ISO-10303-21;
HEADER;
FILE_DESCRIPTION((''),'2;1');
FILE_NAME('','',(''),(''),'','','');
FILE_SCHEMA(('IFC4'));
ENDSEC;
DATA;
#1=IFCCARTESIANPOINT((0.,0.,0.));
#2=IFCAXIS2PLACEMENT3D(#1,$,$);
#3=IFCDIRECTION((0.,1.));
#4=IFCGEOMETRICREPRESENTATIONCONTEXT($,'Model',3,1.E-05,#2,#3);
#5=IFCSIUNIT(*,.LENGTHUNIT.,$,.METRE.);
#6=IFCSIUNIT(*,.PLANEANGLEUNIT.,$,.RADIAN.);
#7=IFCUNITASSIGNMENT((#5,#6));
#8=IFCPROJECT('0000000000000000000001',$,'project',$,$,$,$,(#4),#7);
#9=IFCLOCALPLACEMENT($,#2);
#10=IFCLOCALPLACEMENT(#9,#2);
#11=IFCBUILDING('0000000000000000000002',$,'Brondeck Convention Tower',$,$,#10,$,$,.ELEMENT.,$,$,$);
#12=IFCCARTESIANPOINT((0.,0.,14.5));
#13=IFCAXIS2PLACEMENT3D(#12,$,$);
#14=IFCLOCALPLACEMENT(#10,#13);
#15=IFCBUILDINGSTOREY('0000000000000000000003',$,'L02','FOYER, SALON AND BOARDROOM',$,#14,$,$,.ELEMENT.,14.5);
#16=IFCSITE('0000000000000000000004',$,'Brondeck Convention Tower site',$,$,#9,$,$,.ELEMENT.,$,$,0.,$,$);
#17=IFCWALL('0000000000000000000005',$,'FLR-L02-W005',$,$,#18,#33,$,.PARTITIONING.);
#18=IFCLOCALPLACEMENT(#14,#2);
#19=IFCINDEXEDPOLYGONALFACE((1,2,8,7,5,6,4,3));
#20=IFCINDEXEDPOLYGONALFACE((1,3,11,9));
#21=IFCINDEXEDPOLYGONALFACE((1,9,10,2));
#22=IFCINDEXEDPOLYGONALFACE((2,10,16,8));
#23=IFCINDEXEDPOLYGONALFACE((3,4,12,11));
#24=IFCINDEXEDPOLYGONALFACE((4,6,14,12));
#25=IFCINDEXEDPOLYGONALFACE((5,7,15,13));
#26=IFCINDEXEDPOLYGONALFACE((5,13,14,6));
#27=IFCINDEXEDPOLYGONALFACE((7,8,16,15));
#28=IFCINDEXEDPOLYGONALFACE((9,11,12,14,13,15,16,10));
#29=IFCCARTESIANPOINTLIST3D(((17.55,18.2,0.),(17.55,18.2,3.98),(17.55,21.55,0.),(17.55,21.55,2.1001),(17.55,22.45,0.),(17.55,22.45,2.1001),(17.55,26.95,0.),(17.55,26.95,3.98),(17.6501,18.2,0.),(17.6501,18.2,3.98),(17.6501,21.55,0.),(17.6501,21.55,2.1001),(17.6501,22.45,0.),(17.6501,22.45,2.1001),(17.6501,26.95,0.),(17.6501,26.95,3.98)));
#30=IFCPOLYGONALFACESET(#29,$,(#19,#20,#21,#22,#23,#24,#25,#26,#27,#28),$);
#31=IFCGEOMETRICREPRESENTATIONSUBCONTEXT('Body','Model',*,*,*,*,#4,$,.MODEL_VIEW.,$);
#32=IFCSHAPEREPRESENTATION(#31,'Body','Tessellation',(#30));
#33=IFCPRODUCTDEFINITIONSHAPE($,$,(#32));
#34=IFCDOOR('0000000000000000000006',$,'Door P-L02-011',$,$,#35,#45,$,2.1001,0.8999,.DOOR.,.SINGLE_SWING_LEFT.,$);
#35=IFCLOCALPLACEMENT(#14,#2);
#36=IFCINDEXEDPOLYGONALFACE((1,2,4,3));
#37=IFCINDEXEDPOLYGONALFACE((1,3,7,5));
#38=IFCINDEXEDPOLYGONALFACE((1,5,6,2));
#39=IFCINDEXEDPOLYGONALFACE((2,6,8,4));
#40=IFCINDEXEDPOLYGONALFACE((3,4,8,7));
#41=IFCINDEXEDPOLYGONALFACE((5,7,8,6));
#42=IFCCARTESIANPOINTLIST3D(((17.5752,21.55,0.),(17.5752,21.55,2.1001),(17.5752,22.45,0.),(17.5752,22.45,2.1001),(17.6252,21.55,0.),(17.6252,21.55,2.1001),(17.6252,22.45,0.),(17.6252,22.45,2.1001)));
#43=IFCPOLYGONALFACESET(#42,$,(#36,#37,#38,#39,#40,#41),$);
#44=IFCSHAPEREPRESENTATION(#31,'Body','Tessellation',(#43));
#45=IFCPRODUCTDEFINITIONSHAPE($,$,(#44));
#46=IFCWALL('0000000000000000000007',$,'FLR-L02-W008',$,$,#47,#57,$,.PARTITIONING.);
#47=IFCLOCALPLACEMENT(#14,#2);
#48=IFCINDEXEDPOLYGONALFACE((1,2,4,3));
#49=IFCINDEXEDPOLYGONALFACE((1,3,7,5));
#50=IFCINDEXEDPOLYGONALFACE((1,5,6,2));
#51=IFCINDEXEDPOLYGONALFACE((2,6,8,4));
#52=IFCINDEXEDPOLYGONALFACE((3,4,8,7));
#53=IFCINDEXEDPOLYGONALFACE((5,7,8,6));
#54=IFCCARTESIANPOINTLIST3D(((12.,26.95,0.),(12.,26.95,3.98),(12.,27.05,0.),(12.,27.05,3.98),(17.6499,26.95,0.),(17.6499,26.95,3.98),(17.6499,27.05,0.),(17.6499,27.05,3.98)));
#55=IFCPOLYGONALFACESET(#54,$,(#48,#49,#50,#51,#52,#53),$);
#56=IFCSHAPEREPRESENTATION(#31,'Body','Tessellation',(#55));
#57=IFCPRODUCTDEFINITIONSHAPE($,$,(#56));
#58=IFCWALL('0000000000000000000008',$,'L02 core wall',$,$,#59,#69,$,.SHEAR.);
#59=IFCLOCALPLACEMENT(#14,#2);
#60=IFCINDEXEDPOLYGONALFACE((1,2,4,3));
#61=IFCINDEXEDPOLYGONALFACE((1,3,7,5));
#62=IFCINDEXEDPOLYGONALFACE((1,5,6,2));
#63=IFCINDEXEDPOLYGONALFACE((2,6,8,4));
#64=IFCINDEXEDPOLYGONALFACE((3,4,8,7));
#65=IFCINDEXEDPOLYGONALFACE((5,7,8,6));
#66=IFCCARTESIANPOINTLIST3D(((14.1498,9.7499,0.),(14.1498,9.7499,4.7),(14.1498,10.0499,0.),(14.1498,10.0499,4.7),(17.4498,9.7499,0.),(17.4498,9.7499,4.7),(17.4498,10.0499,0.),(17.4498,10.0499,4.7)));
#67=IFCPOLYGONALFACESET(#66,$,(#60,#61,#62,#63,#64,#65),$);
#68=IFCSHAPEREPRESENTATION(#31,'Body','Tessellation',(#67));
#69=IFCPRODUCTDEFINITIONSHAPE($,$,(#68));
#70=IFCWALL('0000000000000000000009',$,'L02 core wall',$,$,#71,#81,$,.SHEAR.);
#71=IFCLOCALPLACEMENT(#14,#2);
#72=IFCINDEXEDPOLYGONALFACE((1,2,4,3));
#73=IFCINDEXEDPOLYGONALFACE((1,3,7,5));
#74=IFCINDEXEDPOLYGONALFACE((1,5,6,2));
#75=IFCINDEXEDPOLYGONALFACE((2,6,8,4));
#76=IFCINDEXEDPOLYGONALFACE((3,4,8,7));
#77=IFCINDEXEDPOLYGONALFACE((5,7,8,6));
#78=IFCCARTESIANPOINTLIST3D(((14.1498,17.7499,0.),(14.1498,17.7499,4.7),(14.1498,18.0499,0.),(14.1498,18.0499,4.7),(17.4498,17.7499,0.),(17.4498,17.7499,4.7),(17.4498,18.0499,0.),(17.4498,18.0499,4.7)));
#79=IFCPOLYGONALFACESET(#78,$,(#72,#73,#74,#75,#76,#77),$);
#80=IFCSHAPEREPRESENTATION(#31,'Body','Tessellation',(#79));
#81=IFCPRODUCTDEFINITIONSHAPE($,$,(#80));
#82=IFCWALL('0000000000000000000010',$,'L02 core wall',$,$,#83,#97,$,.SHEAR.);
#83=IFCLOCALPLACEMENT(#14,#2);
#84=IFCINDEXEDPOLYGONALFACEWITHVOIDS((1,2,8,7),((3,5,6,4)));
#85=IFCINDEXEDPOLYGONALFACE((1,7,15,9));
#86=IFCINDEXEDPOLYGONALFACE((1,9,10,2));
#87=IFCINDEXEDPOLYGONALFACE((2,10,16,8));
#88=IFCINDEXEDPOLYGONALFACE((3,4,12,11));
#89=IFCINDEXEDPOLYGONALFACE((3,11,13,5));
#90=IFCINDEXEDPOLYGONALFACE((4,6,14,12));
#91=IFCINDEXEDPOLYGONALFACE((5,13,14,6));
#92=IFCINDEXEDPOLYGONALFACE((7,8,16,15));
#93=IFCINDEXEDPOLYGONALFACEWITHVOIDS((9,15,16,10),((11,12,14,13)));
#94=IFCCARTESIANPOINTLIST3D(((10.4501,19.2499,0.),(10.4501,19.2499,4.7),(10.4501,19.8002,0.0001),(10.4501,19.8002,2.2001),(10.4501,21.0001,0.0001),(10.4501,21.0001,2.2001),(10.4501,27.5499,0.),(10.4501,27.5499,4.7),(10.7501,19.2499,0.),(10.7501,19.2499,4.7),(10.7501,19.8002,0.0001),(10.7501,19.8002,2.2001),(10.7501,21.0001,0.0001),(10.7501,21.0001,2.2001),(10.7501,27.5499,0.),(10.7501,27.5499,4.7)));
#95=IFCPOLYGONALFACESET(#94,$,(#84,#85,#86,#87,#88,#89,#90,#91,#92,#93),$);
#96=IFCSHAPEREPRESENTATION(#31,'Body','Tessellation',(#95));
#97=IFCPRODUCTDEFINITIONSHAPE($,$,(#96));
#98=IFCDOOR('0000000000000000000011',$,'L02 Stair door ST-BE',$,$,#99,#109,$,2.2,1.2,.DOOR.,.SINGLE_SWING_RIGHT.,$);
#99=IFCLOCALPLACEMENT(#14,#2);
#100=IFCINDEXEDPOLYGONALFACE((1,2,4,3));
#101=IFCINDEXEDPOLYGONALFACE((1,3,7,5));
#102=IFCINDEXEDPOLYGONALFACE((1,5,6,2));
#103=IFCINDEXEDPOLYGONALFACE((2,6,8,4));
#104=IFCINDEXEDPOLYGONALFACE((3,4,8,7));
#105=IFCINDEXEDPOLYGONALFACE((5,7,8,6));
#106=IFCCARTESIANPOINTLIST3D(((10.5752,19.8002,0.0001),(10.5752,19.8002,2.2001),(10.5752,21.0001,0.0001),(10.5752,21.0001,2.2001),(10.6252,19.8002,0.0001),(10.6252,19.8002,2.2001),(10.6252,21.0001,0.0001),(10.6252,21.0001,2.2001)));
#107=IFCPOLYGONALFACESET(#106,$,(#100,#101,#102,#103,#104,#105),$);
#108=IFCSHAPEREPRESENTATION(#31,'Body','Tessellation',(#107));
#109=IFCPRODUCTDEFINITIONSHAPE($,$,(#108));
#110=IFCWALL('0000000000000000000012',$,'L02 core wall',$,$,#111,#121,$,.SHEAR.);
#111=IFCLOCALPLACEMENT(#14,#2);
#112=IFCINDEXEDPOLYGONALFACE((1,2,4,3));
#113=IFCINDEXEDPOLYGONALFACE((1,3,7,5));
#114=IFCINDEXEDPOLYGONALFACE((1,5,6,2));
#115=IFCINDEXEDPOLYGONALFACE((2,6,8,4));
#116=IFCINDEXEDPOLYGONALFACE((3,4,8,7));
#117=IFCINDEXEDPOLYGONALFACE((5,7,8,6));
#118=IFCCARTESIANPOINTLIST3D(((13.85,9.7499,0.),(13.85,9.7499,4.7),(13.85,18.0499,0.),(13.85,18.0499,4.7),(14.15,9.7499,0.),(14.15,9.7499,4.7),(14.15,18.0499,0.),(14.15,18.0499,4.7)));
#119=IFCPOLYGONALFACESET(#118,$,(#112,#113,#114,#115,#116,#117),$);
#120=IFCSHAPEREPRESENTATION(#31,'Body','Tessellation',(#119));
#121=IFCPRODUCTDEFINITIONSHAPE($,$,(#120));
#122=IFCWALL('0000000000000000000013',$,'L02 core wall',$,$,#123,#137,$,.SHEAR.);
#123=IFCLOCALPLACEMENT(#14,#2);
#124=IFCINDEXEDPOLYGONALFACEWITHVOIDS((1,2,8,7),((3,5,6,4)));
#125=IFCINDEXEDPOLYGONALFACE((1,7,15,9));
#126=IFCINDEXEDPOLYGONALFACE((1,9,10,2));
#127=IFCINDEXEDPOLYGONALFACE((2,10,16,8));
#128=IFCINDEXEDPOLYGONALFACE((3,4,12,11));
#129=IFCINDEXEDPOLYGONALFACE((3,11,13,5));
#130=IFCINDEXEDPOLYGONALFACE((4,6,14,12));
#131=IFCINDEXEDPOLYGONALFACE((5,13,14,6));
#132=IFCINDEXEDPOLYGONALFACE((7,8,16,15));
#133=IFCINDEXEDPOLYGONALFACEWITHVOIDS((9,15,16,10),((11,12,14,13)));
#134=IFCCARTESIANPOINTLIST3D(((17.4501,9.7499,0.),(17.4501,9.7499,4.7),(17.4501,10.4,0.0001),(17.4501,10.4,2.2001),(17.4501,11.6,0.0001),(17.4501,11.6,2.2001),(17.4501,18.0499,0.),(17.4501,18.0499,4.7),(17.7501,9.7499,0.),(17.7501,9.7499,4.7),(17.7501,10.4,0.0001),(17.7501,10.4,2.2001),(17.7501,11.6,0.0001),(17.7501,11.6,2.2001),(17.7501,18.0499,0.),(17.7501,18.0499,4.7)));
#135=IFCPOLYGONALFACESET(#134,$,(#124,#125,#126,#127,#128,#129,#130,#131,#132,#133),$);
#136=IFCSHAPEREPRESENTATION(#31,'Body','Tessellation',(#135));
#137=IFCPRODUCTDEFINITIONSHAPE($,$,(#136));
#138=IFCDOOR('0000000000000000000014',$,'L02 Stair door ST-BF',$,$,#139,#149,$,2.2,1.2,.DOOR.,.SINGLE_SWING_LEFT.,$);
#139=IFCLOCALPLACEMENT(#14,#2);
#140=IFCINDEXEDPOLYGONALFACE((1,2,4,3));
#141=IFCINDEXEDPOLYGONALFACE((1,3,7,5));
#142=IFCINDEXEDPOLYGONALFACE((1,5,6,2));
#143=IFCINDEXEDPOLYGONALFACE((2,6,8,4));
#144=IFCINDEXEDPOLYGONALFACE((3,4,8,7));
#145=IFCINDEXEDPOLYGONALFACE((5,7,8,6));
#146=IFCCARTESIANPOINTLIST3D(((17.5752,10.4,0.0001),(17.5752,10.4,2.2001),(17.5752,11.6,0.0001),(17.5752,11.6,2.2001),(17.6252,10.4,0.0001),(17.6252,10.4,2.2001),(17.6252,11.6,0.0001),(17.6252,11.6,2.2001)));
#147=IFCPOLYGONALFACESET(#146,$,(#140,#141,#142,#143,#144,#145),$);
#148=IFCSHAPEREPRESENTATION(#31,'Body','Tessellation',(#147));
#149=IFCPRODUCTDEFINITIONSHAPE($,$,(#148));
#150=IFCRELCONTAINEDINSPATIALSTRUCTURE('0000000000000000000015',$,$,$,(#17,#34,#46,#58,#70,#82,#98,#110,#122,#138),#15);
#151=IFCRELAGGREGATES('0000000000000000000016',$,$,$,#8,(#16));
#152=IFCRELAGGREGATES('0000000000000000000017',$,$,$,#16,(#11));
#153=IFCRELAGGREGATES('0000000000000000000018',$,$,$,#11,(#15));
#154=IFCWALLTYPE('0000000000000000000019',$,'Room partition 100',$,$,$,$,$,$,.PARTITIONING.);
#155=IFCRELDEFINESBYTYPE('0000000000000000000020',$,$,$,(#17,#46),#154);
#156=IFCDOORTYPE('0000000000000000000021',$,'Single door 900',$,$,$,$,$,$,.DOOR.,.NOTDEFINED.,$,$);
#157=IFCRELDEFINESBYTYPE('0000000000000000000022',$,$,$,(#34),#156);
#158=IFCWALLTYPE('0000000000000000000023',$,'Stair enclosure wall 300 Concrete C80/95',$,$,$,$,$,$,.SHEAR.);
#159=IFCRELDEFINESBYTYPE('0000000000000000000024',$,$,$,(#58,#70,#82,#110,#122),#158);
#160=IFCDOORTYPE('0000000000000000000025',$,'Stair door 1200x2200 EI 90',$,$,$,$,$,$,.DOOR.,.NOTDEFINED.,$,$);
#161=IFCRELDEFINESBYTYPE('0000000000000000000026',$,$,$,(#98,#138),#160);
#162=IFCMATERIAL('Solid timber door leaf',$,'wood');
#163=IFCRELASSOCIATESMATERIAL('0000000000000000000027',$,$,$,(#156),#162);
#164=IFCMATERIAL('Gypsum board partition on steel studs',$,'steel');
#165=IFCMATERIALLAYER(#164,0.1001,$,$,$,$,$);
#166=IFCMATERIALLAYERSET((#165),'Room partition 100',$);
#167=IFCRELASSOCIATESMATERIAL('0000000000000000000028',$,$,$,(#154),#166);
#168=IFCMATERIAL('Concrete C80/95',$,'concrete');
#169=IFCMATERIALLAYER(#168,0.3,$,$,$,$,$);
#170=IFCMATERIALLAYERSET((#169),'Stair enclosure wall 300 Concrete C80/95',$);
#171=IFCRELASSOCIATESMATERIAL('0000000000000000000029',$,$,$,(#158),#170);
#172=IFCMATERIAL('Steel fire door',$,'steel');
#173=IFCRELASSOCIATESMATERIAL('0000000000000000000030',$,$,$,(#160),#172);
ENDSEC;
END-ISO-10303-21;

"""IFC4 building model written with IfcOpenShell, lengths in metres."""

from ifc_helpers import new_model, si_unit, direction, frame, frame_2d, origin, place, context, subcontext, project, spatial, rectangle, extrude, material, layer, layer_set, type_object, element, fill, save


model = new_model("IFC4")

# Units and contexts
model_context = context("Model", 3, precision=1e-05, world=origin(), true_north=direction((0.0, 1.0)))
body_context = subcontext(model_context, "Body", "Model", "MODEL_VIEW")
ifc_project = project(units=[si_unit("LENGTHUNIT", "METRE"), si_unit("PLANEANGLEUNIT", "RADIAN")], contexts=[model_context])

# Site, building, storey
site_placement = place(None, origin())
site = spatial("IfcSite", under=ifc_project, at=site_placement, Name="Brondeck Convention Tower site", CompositionType="ELEMENT", RefElevation=0.0)
building_placement = place(site_placement, origin())
building = spatial("IfcBuilding", under=site, at=building_placement, Name="Brondeck Convention Tower", CompositionType="ELEMENT")
storey_placement = place(building_placement, frame((0.0, 0.0, 14.5)))
storey = spatial("IfcBuildingStorey", under=building, at=storey_placement, Name="L02", Description="FOYER, SALON AND BOARDROOM", CompositionType="ELEMENT", Elevation=14.5)

# Shared definitions
ifc_material_1 = material(Name="Concrete C80/95", Category="concrete")
ifc_material_2 = material(Name="Steel fire door", Category="steel")

# Shared definitions
ifc_material_3 = material(Name="Solid timber door leaf", Category="wood")
door_type_1 = type_object("IfcDoorType", Name="Single door 900", OperationType="NOTDEFINED", PredefinedType="DOOR", material=ifc_material_3)

# Wall, opening, door
ifc_material_4 = material(Name="Gypsum board partition on steel studs", Category="steel")
ifc_layer_1 = layer(ifc_material_4, 0.1001)
ifc_layer_set_1 = layer_set([ifc_layer_1], Name="Room partition 100")
wall_type_1 = type_object("IfcWallType", Name="Room partition 100", PredefinedType="PARTITIONING", material=ifc_layer_set_1)
wall_1_placement = place(storey_placement, frame((17.6001, 18.2, 0.0), z_axis=(0.0, 0.0, 1.0), x_axis=(0.0, 1.0, 0.0)))
wall_1 = element("IfcWall", 1, at=wall_1_placement, inside=storey, type_object=wall_type_1, Name="FLR-L02-W005", PredefinedType="PARTITIONING", context=body_context, shape_type="SweptSolid", body=[
    extrude(rectangle(XDim=8.75, YDim=0.1001, at=frame_2d((4.375, 0.0))), origin(), (0.0, 0.0, 1.0), 3.98),
])
opening_1_placement = place(wall_1_placement, frame((3.3501, 0.0, 0.0)))
opening_1 = element("IfcOpeningElement", 2, at=opening_1_placement, cuts=wall_1, PredefinedType="OPENING", context=body_context, shape_type="SweptSolid", body=[
    extrude(rectangle(XDim=0.8999, YDim=2.1001, at=frame_2d((0.45, 1.05))), frame((0.0, 0.0601, 0.0), z_axis=(0.0, -1.0, 0.0), x_axis=(1.0, 0.0, 0.0)), (0.0, 0.0, 1.0), 0.1201),
])
door_1_placement = place(opening_1_placement, origin())
door_1 = element("IfcDoor", 3, at=door_1_placement, inside=storey, type_object=door_type_1, Name="Door P-L02-011", OperationType="SINGLE_SWING_LEFT", OverallHeight=2.1001, OverallWidth=0.8999, PredefinedType="DOOR", context=body_context, shape_type="SweptSolid", body=[
    extrude(rectangle(XDim=0.8999, YDim=2.1001, at=frame_2d((0.45, 1.05))), frame((0.0, 0.0249, 0.0), z_axis=(0.0, -1.0, 0.0), x_axis=(1.0, 0.0, 0.0)), (0.0, 0.0, 1.0), 0.05),
])
fill(opening_1, door_1)

# Walls
wall_2_placement = place(storey_placement, frame((17.6499, 27.0, 0.0), z_axis=(0.0, 0.0, 1.0), x_axis=(-1.0, 0.0, 0.0)))
element("IfcWall", 4, at=wall_2_placement, inside=storey, type_object=wall_type_1, Name="FLR-L02-W008", PredefinedType="PARTITIONING", context=body_context, shape_type="SweptSolid", body=[
    extrude(rectangle(XDim=5.6499, YDim=0.1001, at=frame_2d((2.825, 0.0))), origin(), (0.0, 0.0, 1.0), 3.98),
])
ifc_layer_2 = layer(ifc_material_1, 0.3)
ifc_layer_set_2 = layer_set([ifc_layer_2], Name="Stair enclosure wall 300 Concrete C80/95")
wall_type_2 = type_object("IfcWallType", Name="Stair enclosure wall 300 Concrete C80/95", PredefinedType="SHEAR", material=ifc_layer_set_2)
for number, where, z_axis, x_axis, name in (
    (5, (14.1499, 9.8999, 0.0), (0.0, 0.0, 1.0), (1.0, 0.0, 0.0), "L02 core wall"),
    (6, (14.1499, 17.8999, 0.0), (0.0, 0.0, 1.0), (1.0, 0.0, 0.0), "L02 core wall"),
):
    element("IfcWall", number, at=place(storey_placement, frame(where, z_axis=z_axis, x_axis=x_axis)), inside=storey, type_object=wall_type_2, Name=name, PredefinedType="SHEAR", context=body_context, shape_type="SweptSolid", body=[
        extrude(rectangle(XDim=3.3, YDim=0.3, at=frame_2d((1.6499, 0.0))), origin(), (0.0, 0.0, 1.0), 4.7),
    ])

# Wall, opening, door
wall_3_placement = place(storey_placement, frame((10.6001, 19.25, 0.0), z_axis=(0.0, 0.0, 1.0), x_axis=(0.0, 1.0, 0.0)))
wall_3 = element("IfcWall", 7, at=wall_3_placement, inside=storey, type_object=wall_type_2, Name="L02 core wall", PredefinedType="SHEAR", context=body_context, shape_type="SweptSolid", body=[
    extrude(rectangle(XDim=8.3, YDim=0.3, at=frame_2d((4.1499, 0.0))), origin(), (0.0, 0.0, 1.0), 4.7),
])
opening_2_placement = place(wall_3_placement, frame((0.55, 0.0, 0.0)))
opening_2 = element("IfcOpeningElement", 8, at=opening_2_placement, cuts=wall_3, PredefinedType="OPENING", context=body_context, shape_type="SweptSolid", body=[
    extrude(rectangle(XDim=1.2, YDim=2.2, at=frame_2d((0.6001, 1.1001))), frame((0.0, 0.1599, 0.0), z_axis=(0.0, -1.0, 0.0), x_axis=(1.0, 0.0, 0.0)), (0.0, 0.0, 1.0), 0.3201),
])
door_type_2 = type_object("IfcDoorType", Name="Stair door 1200x2200 EI 90", OperationType="NOTDEFINED", PredefinedType="DOOR", material=ifc_material_2)
door_2_placement = place(opening_2_placement, origin())
door_2 = element("IfcDoor", 9, at=door_2_placement, inside=storey, type_object=door_type_2, Name="L02 Stair door ST-BE", OperationType="SINGLE_SWING_RIGHT", OverallHeight=2.2, OverallWidth=1.2, PredefinedType="DOOR", context=body_context, shape_type="SweptSolid", body=[
    extrude(rectangle(XDim=1.2, YDim=2.2, at=frame_2d((0.6001, 1.1001))), frame((0.0, 0.0249, 0.0), z_axis=(0.0, -1.0, 0.0), x_axis=(1.0, 0.0, 0.0)), (0.0, 0.0, 1.0), 0.05),
])
fill(opening_2, door_2)

# Wall
wall_4_placement = place(storey_placement, frame((14.0, 9.75, 0.0), z_axis=(0.0, 0.0, 1.0), x_axis=(0.0, 1.0, 0.0)))
element("IfcWall", 10, at=wall_4_placement, inside=storey, type_object=wall_type_2, Name="L02 core wall", PredefinedType="SHEAR", context=body_context, shape_type="SweptSolid", body=[
    extrude(rectangle(XDim=8.3, YDim=0.3, at=frame_2d((4.1499, 0.0))), origin(), (0.0, 0.0, 1.0), 4.7),
])

# Wall, opening, door
wall_5_placement = place(storey_placement, frame((17.6001, 9.75, 0.0), z_axis=(0.0, 0.0, 1.0), x_axis=(0.0, 1.0, 0.0)))
wall_5 = element("IfcWall", 11, at=wall_5_placement, inside=storey, type_object=wall_type_2, Name="L02 core wall", PredefinedType="SHEAR", context=body_context, shape_type="SweptSolid", body=[
    extrude(rectangle(XDim=8.3, YDim=0.3, at=frame_2d((4.1499, 0.0))), origin(), (0.0, 0.0, 1.0), 4.7),
])
opening_3_placement = place(wall_5_placement, frame((0.6499, 0.0, 0.0)))
opening_3 = element("IfcOpeningElement", 12, at=opening_3_placement, cuts=wall_5, PredefinedType="OPENING", context=body_context, shape_type="SweptSolid", body=[
    extrude(rectangle(XDim=1.2, YDim=2.2, at=frame_2d((0.6001, 1.1001))), frame((0.0, 0.1599, 0.0), z_axis=(0.0, -1.0, 0.0), x_axis=(1.0, 0.0, 0.0)), (0.0, 0.0, 1.0), 0.3201),
])
door_3_placement = place(opening_3_placement, origin())
door_3 = element("IfcDoor", 13, at=door_3_placement, inside=storey, type_object=door_type_2, Name="L02 Stair door ST-BF", OperationType="SINGLE_SWING_LEFT", OverallHeight=2.2, OverallWidth=1.2, PredefinedType="DOOR", context=body_context, shape_type="SweptSolid", body=[
    extrude(rectangle(XDim=1.2, YDim=2.2, at=frame_2d((0.6001, 1.1001))), frame((0.0, 0.0249, 0.0), z_axis=(0.0, -1.0, 0.0), x_axis=(1.0, 0.0, 0.0)), (0.0, 0.0, 1.0), 0.05),
])
fill(opening_3, door_3)

save(model, "model.ifc")
